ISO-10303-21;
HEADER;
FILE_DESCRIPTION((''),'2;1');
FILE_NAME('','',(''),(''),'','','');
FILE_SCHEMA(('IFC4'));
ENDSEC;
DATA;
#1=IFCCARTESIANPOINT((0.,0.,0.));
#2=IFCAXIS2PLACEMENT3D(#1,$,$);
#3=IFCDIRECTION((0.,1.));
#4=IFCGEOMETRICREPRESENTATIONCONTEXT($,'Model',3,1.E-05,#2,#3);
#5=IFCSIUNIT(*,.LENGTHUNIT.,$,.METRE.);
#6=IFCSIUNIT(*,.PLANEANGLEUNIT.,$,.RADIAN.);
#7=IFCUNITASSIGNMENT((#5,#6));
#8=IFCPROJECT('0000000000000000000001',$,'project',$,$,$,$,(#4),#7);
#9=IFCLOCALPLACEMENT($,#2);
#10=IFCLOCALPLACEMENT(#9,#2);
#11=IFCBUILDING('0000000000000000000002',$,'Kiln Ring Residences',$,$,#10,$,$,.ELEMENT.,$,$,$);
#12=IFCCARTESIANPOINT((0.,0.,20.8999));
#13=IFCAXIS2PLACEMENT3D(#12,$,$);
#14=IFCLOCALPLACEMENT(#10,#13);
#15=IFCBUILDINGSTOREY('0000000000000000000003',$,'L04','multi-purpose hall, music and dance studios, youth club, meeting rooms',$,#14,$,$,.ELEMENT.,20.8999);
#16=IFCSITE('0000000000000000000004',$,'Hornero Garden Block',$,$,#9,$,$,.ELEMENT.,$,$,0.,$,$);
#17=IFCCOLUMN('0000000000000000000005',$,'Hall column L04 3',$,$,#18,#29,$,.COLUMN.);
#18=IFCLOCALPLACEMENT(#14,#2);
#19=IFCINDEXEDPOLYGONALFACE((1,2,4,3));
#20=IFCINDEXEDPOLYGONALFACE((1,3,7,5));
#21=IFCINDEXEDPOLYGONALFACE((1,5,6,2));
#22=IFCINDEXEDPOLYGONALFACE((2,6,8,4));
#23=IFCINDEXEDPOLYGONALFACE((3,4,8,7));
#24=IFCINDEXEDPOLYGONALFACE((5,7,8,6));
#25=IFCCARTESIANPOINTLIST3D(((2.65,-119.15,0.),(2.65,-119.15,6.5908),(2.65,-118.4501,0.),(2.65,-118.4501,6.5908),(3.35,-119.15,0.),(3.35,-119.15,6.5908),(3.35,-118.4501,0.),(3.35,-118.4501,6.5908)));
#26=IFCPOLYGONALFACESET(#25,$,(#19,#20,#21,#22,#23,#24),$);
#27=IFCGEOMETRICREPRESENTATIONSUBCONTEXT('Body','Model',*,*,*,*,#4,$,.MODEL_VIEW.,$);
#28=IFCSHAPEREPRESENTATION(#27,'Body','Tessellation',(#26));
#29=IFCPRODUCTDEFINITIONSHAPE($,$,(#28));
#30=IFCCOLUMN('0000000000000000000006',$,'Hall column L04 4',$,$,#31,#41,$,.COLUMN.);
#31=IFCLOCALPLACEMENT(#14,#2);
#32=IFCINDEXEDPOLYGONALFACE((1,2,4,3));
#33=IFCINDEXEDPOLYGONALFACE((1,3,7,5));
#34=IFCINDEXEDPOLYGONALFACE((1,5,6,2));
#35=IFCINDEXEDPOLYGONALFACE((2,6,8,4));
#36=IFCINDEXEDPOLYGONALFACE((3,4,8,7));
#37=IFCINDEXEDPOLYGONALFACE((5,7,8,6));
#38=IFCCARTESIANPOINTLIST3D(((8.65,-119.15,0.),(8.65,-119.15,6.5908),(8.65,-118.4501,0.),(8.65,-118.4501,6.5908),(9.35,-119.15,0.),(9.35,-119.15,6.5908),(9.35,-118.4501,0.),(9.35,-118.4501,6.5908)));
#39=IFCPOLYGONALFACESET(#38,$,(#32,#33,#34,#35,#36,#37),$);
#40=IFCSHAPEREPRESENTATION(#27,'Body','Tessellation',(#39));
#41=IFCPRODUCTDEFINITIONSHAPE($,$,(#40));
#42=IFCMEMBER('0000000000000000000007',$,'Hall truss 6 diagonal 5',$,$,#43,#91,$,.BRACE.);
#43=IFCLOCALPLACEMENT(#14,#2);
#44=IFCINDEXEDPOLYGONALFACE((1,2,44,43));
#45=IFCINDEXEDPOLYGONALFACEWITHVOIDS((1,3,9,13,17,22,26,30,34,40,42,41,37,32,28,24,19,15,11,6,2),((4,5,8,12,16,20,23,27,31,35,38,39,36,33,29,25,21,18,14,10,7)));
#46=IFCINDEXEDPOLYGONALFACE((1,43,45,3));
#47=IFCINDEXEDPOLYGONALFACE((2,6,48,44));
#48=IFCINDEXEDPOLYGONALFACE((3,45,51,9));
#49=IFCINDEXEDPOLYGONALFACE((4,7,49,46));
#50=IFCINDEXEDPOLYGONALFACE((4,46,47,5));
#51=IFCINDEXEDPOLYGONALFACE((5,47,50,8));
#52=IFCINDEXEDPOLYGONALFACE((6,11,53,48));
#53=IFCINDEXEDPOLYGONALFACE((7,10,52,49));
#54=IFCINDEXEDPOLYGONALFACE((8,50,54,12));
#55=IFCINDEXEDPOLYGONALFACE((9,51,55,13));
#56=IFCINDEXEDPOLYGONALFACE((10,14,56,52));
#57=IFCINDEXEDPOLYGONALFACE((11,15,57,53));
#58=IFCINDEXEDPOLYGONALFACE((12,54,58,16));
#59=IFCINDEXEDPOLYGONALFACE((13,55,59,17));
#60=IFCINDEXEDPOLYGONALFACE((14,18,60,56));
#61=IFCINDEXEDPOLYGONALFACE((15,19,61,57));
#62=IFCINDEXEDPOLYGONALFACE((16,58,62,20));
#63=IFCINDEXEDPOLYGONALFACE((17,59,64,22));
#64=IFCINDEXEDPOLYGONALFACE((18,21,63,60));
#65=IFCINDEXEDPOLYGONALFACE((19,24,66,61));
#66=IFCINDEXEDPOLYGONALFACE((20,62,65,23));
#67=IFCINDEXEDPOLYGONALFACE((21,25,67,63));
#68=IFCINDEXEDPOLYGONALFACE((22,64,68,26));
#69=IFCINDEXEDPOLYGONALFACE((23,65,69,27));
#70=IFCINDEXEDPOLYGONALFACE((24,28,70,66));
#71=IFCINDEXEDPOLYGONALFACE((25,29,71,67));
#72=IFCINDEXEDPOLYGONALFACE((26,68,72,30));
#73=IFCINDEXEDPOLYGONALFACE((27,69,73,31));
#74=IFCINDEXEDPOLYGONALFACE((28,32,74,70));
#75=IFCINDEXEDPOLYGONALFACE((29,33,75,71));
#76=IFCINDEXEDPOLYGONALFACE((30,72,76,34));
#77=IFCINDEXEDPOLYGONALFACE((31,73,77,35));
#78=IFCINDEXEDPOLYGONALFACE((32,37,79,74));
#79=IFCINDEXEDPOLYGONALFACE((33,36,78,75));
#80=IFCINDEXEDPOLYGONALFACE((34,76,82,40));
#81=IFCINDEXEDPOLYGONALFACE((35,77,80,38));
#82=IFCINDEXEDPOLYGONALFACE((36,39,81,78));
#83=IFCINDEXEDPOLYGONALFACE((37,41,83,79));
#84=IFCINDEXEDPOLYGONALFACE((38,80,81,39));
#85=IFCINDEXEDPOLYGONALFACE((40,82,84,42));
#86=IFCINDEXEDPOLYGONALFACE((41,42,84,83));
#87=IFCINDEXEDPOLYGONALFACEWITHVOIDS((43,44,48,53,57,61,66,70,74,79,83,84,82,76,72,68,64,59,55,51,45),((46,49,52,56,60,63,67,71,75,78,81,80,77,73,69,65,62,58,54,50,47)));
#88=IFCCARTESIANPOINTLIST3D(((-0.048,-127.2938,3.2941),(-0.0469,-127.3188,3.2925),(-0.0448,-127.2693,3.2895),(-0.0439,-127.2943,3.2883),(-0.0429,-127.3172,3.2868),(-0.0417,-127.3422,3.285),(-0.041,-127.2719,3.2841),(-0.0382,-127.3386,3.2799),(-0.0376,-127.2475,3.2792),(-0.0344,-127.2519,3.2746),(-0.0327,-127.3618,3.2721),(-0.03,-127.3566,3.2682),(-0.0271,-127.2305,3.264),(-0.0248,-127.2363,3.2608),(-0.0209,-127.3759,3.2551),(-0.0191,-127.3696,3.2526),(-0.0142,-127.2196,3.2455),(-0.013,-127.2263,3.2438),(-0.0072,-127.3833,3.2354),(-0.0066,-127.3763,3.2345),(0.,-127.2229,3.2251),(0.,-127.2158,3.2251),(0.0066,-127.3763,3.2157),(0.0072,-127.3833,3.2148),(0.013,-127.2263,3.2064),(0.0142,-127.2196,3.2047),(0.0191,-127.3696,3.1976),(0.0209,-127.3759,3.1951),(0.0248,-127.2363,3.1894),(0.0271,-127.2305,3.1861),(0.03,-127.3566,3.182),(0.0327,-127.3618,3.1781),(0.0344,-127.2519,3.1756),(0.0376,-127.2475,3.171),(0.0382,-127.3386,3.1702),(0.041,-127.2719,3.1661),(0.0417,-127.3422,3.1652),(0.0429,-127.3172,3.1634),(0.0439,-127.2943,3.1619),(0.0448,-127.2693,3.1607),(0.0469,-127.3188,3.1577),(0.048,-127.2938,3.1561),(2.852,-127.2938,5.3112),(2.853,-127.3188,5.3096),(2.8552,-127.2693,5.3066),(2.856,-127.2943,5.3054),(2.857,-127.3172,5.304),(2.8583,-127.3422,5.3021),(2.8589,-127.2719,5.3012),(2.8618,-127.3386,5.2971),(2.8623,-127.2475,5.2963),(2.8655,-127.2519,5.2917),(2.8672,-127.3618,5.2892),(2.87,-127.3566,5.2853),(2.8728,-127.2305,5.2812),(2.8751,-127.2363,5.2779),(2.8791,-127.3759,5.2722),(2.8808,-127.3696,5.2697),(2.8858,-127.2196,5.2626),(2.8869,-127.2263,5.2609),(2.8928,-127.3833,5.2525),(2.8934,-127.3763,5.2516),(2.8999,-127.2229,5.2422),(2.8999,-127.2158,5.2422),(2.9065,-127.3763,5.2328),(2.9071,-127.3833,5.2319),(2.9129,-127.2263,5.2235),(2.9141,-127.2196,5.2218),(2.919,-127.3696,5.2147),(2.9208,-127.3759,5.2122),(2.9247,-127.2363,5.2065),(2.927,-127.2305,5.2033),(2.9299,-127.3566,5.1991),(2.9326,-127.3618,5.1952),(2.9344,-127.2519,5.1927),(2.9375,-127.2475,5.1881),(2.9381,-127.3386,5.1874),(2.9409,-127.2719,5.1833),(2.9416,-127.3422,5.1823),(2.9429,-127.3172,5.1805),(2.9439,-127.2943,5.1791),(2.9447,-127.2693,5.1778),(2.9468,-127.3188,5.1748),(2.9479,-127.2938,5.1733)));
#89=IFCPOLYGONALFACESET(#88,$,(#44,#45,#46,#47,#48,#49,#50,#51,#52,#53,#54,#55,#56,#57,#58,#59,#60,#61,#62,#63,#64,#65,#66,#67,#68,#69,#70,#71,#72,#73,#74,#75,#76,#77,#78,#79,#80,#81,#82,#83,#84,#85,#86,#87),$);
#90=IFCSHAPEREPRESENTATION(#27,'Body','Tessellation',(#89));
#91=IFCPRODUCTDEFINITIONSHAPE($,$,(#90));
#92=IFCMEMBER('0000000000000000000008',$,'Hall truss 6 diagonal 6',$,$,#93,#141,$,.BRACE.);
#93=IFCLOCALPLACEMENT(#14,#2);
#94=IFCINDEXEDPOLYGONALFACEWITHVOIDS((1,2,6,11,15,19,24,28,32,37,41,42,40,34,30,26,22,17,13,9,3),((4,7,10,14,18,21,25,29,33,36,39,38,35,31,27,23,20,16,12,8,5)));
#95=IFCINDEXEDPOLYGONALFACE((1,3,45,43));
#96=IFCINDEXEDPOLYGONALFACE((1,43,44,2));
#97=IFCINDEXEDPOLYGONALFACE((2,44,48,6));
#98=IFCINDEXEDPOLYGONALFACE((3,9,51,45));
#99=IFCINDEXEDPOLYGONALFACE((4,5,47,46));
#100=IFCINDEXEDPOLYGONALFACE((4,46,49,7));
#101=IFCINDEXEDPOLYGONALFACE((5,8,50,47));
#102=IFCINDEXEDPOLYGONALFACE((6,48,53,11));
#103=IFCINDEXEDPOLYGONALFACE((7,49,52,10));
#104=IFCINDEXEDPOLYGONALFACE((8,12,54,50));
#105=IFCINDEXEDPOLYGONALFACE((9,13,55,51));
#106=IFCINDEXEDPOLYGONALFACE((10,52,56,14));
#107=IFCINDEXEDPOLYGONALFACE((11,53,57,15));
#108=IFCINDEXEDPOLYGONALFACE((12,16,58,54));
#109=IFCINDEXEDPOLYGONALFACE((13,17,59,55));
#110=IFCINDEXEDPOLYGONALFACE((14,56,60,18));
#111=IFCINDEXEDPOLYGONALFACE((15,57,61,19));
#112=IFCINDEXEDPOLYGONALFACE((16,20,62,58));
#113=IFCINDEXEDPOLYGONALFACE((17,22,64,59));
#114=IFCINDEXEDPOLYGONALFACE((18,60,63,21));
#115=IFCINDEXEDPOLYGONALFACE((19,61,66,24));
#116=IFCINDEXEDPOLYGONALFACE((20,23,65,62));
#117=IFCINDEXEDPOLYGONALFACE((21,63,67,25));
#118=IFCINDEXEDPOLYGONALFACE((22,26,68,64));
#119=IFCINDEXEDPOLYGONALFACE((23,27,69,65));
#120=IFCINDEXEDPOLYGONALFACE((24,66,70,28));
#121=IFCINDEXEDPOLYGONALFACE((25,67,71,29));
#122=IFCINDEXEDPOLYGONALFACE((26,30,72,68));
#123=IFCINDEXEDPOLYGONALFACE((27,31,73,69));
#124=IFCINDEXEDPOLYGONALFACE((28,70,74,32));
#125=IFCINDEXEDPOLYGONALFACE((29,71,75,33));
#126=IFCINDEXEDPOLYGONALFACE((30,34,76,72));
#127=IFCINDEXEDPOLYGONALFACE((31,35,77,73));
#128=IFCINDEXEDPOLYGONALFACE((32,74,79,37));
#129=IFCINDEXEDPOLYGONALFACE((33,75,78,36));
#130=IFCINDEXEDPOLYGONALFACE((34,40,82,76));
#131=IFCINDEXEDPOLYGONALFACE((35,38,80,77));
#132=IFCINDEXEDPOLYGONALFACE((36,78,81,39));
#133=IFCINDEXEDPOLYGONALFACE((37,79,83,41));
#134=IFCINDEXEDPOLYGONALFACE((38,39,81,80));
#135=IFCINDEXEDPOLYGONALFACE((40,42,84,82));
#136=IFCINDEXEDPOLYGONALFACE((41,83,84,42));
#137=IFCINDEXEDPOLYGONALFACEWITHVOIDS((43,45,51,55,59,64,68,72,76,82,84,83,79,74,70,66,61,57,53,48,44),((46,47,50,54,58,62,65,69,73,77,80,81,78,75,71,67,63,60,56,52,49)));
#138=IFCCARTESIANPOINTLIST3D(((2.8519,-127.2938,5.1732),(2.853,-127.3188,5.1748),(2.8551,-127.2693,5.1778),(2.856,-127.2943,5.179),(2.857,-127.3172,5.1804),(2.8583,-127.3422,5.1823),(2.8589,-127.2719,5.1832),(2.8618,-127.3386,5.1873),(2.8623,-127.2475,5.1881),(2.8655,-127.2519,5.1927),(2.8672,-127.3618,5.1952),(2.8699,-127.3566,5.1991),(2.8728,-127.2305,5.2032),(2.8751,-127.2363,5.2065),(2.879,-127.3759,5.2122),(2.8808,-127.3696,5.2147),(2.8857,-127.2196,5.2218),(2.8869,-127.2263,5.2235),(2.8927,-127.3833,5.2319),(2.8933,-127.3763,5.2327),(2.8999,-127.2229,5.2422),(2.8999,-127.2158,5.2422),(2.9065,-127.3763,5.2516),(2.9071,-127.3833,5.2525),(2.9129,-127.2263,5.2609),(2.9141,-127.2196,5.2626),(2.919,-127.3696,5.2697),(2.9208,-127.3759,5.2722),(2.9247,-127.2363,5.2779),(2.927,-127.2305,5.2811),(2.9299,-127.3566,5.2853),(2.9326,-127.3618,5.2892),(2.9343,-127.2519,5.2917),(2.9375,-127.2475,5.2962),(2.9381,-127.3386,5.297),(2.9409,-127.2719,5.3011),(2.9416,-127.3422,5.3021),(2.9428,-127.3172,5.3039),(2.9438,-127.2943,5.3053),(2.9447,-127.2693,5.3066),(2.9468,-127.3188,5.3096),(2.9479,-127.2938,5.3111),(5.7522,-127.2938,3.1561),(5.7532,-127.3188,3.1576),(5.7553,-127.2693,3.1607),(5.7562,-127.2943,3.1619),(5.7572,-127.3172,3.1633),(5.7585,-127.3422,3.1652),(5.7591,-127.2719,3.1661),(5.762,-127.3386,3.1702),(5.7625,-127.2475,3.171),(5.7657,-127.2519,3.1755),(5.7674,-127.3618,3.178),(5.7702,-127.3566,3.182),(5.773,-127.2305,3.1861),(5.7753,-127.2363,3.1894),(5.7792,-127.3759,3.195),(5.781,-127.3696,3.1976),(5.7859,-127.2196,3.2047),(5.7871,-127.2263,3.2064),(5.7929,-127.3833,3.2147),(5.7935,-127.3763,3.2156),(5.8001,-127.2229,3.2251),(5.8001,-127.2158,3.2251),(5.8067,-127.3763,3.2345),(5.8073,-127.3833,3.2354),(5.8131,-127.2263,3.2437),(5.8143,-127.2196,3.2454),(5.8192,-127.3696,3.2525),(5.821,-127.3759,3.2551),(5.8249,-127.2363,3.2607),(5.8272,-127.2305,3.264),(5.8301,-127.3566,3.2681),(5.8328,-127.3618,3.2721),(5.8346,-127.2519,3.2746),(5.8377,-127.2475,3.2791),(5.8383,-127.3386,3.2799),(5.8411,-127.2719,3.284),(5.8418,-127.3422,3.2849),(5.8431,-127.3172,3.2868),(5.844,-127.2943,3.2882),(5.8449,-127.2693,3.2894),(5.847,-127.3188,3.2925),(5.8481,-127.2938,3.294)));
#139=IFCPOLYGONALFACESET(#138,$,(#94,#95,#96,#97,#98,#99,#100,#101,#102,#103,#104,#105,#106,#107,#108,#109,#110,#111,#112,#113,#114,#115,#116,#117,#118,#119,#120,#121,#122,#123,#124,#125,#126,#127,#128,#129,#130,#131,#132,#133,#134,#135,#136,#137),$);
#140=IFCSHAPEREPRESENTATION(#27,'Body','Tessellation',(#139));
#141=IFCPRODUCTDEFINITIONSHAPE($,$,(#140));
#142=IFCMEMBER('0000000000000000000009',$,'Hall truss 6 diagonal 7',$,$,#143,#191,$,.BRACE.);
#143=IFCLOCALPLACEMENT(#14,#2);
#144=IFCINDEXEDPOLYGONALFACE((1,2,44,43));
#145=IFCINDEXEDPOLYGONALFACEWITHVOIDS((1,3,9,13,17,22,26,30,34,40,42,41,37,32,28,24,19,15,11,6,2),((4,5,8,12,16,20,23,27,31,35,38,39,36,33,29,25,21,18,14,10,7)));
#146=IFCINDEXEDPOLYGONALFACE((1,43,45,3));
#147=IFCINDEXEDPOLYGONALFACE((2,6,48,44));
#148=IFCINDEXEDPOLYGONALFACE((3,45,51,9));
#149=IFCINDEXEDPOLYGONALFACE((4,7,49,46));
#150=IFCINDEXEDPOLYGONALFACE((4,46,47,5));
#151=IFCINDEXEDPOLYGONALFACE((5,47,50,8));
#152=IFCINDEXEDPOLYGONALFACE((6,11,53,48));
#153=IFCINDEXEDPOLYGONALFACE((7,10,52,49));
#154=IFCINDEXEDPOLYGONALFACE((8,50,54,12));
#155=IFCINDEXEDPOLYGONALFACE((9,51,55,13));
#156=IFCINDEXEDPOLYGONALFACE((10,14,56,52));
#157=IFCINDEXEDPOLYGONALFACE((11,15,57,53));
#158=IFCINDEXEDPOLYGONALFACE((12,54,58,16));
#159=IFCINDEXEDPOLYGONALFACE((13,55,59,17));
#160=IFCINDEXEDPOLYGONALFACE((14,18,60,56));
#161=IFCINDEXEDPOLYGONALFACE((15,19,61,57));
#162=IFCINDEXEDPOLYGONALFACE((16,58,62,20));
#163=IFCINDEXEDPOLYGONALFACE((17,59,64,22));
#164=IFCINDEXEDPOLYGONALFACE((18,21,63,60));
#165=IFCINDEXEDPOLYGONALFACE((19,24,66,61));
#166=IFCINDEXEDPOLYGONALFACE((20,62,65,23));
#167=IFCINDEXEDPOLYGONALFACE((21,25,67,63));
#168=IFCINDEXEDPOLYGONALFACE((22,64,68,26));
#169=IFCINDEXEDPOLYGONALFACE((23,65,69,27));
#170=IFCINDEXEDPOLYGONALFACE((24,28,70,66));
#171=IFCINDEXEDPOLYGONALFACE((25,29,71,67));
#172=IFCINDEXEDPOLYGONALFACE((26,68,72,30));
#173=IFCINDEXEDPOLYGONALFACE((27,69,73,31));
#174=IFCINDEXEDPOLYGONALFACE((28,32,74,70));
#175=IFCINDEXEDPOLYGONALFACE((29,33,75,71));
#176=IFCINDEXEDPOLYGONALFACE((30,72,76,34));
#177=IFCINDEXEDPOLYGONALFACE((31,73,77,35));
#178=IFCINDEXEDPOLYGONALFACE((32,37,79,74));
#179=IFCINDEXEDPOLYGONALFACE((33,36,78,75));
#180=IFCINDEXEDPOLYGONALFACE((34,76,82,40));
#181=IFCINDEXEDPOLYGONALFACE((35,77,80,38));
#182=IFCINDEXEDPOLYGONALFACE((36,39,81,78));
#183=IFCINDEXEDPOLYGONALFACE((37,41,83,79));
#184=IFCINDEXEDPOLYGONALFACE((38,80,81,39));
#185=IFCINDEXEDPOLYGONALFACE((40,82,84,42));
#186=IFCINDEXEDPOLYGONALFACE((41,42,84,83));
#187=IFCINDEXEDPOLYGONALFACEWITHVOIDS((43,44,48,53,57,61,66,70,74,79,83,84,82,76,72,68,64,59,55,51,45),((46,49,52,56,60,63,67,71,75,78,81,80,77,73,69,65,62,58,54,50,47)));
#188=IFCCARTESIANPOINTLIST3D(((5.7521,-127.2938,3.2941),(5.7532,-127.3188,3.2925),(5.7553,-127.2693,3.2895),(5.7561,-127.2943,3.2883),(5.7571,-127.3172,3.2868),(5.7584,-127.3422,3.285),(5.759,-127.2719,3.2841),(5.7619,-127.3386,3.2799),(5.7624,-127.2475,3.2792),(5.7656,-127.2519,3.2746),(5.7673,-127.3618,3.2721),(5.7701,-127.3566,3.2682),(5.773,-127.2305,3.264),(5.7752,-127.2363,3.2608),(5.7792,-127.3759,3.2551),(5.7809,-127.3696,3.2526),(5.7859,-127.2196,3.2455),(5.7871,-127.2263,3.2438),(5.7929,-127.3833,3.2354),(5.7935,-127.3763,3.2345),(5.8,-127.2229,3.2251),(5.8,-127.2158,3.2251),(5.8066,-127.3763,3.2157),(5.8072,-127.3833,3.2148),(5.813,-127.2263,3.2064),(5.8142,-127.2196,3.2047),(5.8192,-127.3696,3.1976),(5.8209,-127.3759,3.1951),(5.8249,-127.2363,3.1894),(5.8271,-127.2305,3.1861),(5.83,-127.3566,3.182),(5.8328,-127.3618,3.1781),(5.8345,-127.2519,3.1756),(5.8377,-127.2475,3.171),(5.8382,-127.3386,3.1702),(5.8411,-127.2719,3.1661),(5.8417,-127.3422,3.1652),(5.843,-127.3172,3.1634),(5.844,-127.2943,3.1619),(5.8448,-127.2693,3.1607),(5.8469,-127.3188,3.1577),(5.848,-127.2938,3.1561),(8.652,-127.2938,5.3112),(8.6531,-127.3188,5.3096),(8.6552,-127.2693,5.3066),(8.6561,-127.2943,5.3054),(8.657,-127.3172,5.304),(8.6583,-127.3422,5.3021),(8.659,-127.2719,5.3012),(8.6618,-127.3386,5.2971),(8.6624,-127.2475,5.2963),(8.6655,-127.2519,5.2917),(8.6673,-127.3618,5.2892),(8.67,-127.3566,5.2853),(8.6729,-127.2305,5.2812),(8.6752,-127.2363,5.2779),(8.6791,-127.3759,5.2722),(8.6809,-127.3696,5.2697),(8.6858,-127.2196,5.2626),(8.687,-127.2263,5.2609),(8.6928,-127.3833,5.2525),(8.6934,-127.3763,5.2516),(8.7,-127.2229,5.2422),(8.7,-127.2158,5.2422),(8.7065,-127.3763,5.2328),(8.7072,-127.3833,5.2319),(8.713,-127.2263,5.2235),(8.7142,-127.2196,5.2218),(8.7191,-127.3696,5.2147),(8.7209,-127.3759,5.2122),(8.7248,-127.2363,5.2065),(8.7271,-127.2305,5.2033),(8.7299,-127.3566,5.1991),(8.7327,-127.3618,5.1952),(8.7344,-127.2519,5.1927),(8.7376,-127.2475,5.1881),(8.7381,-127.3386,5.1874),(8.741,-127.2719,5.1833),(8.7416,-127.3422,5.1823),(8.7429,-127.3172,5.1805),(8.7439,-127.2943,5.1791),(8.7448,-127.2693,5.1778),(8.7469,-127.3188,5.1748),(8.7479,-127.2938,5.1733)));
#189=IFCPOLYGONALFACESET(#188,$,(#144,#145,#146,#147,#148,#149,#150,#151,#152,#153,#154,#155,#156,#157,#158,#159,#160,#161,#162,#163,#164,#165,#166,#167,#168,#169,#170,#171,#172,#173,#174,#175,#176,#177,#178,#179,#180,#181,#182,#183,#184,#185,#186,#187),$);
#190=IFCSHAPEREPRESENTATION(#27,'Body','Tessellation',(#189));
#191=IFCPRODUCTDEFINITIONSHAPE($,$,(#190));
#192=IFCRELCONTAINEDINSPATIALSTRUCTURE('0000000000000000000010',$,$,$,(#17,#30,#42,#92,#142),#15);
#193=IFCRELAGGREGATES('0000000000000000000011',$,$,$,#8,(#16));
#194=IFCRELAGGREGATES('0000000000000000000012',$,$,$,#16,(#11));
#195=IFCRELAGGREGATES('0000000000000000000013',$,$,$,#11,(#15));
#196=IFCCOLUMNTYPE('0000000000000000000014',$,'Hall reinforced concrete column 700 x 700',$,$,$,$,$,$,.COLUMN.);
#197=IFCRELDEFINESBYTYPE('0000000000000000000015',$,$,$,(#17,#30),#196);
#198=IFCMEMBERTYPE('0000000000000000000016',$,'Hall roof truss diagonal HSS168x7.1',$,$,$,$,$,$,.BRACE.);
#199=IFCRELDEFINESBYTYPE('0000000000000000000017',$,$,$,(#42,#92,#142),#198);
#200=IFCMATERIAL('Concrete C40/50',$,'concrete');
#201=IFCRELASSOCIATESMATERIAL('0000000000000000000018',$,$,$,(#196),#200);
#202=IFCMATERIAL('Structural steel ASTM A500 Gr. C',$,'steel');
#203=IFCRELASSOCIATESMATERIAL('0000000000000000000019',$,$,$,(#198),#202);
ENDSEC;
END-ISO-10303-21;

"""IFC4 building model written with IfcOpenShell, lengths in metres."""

from ifc_helpers import new_model, si_unit, direction, frame, origin, origin_2d, place, context, subcontext, project, spatial, rectangle, hollow_circle, extrude, material, material_profile, profile_set, type_object, element, save


model = new_model("IFC4")

# Units and contexts
model_context = context("Model", 3, precision=1e-05, world=origin(), true_north=direction((0.0, 1.0)))
body_context = subcontext(model_context, "Body", "Model", "MODEL_VIEW")
ifc_project = project(units=[si_unit("LENGTHUNIT", "METRE"), si_unit("PLANEANGLEUNIT", "RADIAN")], contexts=[model_context])

# Site, building, storey
site_placement = place(None, origin())
site = spatial("IfcSite", under=ifc_project, at=site_placement, Name="Hornero Garden Block", CompositionType="ELEMENT", RefElevation=0.0)
building_placement = place(site_placement, origin())
building = spatial("IfcBuilding", under=site, at=building_placement, Name="Kiln Ring Residences", CompositionType="ELEMENT")
storey_placement = place(building_placement, frame((0.0, 0.0, 20.8999)))
storey = spatial("IfcBuildingStorey", under=building, at=storey_placement, Name="L04", Description="multi-purpose hall, music and dance studios, youth club, meeting rooms", CompositionType="ELEMENT", Elevation=20.8999)

# Columns
ifc_material_1 = material(Name="Concrete C40/50", Category="concrete")
ifc_material_profile_1 = material_profile(ifc_material_1, rectangle(XDim=0.7, YDim=0.7, at=origin_2d()), Name="Hall reinforced concrete column 700 x 700")
ifc_profile_set_1 = profile_set([ifc_material_profile_1], Name="Concrete C40/50")
column_type = type_object("IfcColumnType", Name="Hall reinforced concrete column 700 x 700", PredefinedType="COLUMN", material=ifc_profile_set_1)
for number, where, z_axis, x_axis, name in (
    (1, (3.0, -118.8, 0.0), (0.0, 0.0, 1.0), (1.0, 0.0, 0.0), "Hall column L04 3"),
    (2, (9.0, -118.8, 0.0), (0.0, 0.0, 1.0), (1.0, 0.0, 0.0), "Hall column L04 4"),
):
    element("IfcColumn", number, at=place(storey_placement, frame(where, z_axis=z_axis, x_axis=x_axis)), inside=storey, type_object=column_type, Name=name, PredefinedType="COLUMN", context=body_context, shape_type="SweptSolid", body=[
        extrude(rectangle(XDim=0.7, YDim=0.7, at=origin_2d()), origin(), (0.0, 0.0, 1.0), 6.5908),
    ])

# Members
ifc_material_2 = material(Name="Structural steel ASTM A500 Gr. C", Category="steel")
ifc_material_profile_2 = material_profile(ifc_material_2, hollow_circle(Radius=0.0842, WallThickness=0.0071, at=origin_2d()), Name="HSS168x7.1")
ifc_profile_set_2 = profile_set([ifc_material_profile_2], Name="Structural steel ASTM A500 Gr. C")
member_type_1 = type_object("IfcMemberType", Name="Hall roof truss diagonal HSS168x7.1", PredefinedType="BRACE", material=ifc_profile_set_2)
member_1_placement = place(storey_placement, frame((0.0, -127.3, 3.2251), z_axis=(0.820936, 0.0, 0.57102), x_axis=(0.0, 1.0, 0.0)))
element("IfcMember", 3, at=member_1_placement, inside=storey, type_object=member_type_1, Name="Hall truss 6 diagonal 5", PredefinedType="BRACE", context=body_context, shape_type="SweptSolid", body=[
    extrude(hollow_circle(Radius=0.0842, WallThickness=0.0071, at=origin_2d()), origin(), (0.0, 0.0, 1.0), 3.5325),
])
member_2_placement = place(storey_placement, frame((2.8999, -127.3, 5.2422), z_axis=(0.820959, 0.0, -0.570988), x_axis=(0.0, 1.0, 0.0)))
element("IfcMember", 4, at=member_2_placement, inside=storey, type_object=member_type_1, Name="Hall truss 6 diagonal 6", PredefinedType="BRACE", context=body_context, shape_type="SweptSolid", body=[
    extrude(hollow_circle(Radius=0.0842, WallThickness=0.0071, at=origin_2d()), origin(), (0.0, 0.0, 1.0), 3.5327),
])
member_3_placement = place(storey_placement, frame((5.8, -127.3, 3.2251), z_axis=(0.820936, 0.0, 0.57102), x_axis=(0.0, 1.0, 0.0)))
element("IfcMember", 5, at=member_3_placement, inside=storey, type_object=member_type_1, Name="Hall truss 6 diagonal 7", PredefinedType="BRACE", context=body_context, shape_type="SweptSolid", body=[
    extrude(hollow_circle(Radius=0.0842, WallThickness=0.0071, at=origin_2d()), origin(), (0.0, 0.0, 1.0), 3.5325),
])

save(model, "model.ifc")
